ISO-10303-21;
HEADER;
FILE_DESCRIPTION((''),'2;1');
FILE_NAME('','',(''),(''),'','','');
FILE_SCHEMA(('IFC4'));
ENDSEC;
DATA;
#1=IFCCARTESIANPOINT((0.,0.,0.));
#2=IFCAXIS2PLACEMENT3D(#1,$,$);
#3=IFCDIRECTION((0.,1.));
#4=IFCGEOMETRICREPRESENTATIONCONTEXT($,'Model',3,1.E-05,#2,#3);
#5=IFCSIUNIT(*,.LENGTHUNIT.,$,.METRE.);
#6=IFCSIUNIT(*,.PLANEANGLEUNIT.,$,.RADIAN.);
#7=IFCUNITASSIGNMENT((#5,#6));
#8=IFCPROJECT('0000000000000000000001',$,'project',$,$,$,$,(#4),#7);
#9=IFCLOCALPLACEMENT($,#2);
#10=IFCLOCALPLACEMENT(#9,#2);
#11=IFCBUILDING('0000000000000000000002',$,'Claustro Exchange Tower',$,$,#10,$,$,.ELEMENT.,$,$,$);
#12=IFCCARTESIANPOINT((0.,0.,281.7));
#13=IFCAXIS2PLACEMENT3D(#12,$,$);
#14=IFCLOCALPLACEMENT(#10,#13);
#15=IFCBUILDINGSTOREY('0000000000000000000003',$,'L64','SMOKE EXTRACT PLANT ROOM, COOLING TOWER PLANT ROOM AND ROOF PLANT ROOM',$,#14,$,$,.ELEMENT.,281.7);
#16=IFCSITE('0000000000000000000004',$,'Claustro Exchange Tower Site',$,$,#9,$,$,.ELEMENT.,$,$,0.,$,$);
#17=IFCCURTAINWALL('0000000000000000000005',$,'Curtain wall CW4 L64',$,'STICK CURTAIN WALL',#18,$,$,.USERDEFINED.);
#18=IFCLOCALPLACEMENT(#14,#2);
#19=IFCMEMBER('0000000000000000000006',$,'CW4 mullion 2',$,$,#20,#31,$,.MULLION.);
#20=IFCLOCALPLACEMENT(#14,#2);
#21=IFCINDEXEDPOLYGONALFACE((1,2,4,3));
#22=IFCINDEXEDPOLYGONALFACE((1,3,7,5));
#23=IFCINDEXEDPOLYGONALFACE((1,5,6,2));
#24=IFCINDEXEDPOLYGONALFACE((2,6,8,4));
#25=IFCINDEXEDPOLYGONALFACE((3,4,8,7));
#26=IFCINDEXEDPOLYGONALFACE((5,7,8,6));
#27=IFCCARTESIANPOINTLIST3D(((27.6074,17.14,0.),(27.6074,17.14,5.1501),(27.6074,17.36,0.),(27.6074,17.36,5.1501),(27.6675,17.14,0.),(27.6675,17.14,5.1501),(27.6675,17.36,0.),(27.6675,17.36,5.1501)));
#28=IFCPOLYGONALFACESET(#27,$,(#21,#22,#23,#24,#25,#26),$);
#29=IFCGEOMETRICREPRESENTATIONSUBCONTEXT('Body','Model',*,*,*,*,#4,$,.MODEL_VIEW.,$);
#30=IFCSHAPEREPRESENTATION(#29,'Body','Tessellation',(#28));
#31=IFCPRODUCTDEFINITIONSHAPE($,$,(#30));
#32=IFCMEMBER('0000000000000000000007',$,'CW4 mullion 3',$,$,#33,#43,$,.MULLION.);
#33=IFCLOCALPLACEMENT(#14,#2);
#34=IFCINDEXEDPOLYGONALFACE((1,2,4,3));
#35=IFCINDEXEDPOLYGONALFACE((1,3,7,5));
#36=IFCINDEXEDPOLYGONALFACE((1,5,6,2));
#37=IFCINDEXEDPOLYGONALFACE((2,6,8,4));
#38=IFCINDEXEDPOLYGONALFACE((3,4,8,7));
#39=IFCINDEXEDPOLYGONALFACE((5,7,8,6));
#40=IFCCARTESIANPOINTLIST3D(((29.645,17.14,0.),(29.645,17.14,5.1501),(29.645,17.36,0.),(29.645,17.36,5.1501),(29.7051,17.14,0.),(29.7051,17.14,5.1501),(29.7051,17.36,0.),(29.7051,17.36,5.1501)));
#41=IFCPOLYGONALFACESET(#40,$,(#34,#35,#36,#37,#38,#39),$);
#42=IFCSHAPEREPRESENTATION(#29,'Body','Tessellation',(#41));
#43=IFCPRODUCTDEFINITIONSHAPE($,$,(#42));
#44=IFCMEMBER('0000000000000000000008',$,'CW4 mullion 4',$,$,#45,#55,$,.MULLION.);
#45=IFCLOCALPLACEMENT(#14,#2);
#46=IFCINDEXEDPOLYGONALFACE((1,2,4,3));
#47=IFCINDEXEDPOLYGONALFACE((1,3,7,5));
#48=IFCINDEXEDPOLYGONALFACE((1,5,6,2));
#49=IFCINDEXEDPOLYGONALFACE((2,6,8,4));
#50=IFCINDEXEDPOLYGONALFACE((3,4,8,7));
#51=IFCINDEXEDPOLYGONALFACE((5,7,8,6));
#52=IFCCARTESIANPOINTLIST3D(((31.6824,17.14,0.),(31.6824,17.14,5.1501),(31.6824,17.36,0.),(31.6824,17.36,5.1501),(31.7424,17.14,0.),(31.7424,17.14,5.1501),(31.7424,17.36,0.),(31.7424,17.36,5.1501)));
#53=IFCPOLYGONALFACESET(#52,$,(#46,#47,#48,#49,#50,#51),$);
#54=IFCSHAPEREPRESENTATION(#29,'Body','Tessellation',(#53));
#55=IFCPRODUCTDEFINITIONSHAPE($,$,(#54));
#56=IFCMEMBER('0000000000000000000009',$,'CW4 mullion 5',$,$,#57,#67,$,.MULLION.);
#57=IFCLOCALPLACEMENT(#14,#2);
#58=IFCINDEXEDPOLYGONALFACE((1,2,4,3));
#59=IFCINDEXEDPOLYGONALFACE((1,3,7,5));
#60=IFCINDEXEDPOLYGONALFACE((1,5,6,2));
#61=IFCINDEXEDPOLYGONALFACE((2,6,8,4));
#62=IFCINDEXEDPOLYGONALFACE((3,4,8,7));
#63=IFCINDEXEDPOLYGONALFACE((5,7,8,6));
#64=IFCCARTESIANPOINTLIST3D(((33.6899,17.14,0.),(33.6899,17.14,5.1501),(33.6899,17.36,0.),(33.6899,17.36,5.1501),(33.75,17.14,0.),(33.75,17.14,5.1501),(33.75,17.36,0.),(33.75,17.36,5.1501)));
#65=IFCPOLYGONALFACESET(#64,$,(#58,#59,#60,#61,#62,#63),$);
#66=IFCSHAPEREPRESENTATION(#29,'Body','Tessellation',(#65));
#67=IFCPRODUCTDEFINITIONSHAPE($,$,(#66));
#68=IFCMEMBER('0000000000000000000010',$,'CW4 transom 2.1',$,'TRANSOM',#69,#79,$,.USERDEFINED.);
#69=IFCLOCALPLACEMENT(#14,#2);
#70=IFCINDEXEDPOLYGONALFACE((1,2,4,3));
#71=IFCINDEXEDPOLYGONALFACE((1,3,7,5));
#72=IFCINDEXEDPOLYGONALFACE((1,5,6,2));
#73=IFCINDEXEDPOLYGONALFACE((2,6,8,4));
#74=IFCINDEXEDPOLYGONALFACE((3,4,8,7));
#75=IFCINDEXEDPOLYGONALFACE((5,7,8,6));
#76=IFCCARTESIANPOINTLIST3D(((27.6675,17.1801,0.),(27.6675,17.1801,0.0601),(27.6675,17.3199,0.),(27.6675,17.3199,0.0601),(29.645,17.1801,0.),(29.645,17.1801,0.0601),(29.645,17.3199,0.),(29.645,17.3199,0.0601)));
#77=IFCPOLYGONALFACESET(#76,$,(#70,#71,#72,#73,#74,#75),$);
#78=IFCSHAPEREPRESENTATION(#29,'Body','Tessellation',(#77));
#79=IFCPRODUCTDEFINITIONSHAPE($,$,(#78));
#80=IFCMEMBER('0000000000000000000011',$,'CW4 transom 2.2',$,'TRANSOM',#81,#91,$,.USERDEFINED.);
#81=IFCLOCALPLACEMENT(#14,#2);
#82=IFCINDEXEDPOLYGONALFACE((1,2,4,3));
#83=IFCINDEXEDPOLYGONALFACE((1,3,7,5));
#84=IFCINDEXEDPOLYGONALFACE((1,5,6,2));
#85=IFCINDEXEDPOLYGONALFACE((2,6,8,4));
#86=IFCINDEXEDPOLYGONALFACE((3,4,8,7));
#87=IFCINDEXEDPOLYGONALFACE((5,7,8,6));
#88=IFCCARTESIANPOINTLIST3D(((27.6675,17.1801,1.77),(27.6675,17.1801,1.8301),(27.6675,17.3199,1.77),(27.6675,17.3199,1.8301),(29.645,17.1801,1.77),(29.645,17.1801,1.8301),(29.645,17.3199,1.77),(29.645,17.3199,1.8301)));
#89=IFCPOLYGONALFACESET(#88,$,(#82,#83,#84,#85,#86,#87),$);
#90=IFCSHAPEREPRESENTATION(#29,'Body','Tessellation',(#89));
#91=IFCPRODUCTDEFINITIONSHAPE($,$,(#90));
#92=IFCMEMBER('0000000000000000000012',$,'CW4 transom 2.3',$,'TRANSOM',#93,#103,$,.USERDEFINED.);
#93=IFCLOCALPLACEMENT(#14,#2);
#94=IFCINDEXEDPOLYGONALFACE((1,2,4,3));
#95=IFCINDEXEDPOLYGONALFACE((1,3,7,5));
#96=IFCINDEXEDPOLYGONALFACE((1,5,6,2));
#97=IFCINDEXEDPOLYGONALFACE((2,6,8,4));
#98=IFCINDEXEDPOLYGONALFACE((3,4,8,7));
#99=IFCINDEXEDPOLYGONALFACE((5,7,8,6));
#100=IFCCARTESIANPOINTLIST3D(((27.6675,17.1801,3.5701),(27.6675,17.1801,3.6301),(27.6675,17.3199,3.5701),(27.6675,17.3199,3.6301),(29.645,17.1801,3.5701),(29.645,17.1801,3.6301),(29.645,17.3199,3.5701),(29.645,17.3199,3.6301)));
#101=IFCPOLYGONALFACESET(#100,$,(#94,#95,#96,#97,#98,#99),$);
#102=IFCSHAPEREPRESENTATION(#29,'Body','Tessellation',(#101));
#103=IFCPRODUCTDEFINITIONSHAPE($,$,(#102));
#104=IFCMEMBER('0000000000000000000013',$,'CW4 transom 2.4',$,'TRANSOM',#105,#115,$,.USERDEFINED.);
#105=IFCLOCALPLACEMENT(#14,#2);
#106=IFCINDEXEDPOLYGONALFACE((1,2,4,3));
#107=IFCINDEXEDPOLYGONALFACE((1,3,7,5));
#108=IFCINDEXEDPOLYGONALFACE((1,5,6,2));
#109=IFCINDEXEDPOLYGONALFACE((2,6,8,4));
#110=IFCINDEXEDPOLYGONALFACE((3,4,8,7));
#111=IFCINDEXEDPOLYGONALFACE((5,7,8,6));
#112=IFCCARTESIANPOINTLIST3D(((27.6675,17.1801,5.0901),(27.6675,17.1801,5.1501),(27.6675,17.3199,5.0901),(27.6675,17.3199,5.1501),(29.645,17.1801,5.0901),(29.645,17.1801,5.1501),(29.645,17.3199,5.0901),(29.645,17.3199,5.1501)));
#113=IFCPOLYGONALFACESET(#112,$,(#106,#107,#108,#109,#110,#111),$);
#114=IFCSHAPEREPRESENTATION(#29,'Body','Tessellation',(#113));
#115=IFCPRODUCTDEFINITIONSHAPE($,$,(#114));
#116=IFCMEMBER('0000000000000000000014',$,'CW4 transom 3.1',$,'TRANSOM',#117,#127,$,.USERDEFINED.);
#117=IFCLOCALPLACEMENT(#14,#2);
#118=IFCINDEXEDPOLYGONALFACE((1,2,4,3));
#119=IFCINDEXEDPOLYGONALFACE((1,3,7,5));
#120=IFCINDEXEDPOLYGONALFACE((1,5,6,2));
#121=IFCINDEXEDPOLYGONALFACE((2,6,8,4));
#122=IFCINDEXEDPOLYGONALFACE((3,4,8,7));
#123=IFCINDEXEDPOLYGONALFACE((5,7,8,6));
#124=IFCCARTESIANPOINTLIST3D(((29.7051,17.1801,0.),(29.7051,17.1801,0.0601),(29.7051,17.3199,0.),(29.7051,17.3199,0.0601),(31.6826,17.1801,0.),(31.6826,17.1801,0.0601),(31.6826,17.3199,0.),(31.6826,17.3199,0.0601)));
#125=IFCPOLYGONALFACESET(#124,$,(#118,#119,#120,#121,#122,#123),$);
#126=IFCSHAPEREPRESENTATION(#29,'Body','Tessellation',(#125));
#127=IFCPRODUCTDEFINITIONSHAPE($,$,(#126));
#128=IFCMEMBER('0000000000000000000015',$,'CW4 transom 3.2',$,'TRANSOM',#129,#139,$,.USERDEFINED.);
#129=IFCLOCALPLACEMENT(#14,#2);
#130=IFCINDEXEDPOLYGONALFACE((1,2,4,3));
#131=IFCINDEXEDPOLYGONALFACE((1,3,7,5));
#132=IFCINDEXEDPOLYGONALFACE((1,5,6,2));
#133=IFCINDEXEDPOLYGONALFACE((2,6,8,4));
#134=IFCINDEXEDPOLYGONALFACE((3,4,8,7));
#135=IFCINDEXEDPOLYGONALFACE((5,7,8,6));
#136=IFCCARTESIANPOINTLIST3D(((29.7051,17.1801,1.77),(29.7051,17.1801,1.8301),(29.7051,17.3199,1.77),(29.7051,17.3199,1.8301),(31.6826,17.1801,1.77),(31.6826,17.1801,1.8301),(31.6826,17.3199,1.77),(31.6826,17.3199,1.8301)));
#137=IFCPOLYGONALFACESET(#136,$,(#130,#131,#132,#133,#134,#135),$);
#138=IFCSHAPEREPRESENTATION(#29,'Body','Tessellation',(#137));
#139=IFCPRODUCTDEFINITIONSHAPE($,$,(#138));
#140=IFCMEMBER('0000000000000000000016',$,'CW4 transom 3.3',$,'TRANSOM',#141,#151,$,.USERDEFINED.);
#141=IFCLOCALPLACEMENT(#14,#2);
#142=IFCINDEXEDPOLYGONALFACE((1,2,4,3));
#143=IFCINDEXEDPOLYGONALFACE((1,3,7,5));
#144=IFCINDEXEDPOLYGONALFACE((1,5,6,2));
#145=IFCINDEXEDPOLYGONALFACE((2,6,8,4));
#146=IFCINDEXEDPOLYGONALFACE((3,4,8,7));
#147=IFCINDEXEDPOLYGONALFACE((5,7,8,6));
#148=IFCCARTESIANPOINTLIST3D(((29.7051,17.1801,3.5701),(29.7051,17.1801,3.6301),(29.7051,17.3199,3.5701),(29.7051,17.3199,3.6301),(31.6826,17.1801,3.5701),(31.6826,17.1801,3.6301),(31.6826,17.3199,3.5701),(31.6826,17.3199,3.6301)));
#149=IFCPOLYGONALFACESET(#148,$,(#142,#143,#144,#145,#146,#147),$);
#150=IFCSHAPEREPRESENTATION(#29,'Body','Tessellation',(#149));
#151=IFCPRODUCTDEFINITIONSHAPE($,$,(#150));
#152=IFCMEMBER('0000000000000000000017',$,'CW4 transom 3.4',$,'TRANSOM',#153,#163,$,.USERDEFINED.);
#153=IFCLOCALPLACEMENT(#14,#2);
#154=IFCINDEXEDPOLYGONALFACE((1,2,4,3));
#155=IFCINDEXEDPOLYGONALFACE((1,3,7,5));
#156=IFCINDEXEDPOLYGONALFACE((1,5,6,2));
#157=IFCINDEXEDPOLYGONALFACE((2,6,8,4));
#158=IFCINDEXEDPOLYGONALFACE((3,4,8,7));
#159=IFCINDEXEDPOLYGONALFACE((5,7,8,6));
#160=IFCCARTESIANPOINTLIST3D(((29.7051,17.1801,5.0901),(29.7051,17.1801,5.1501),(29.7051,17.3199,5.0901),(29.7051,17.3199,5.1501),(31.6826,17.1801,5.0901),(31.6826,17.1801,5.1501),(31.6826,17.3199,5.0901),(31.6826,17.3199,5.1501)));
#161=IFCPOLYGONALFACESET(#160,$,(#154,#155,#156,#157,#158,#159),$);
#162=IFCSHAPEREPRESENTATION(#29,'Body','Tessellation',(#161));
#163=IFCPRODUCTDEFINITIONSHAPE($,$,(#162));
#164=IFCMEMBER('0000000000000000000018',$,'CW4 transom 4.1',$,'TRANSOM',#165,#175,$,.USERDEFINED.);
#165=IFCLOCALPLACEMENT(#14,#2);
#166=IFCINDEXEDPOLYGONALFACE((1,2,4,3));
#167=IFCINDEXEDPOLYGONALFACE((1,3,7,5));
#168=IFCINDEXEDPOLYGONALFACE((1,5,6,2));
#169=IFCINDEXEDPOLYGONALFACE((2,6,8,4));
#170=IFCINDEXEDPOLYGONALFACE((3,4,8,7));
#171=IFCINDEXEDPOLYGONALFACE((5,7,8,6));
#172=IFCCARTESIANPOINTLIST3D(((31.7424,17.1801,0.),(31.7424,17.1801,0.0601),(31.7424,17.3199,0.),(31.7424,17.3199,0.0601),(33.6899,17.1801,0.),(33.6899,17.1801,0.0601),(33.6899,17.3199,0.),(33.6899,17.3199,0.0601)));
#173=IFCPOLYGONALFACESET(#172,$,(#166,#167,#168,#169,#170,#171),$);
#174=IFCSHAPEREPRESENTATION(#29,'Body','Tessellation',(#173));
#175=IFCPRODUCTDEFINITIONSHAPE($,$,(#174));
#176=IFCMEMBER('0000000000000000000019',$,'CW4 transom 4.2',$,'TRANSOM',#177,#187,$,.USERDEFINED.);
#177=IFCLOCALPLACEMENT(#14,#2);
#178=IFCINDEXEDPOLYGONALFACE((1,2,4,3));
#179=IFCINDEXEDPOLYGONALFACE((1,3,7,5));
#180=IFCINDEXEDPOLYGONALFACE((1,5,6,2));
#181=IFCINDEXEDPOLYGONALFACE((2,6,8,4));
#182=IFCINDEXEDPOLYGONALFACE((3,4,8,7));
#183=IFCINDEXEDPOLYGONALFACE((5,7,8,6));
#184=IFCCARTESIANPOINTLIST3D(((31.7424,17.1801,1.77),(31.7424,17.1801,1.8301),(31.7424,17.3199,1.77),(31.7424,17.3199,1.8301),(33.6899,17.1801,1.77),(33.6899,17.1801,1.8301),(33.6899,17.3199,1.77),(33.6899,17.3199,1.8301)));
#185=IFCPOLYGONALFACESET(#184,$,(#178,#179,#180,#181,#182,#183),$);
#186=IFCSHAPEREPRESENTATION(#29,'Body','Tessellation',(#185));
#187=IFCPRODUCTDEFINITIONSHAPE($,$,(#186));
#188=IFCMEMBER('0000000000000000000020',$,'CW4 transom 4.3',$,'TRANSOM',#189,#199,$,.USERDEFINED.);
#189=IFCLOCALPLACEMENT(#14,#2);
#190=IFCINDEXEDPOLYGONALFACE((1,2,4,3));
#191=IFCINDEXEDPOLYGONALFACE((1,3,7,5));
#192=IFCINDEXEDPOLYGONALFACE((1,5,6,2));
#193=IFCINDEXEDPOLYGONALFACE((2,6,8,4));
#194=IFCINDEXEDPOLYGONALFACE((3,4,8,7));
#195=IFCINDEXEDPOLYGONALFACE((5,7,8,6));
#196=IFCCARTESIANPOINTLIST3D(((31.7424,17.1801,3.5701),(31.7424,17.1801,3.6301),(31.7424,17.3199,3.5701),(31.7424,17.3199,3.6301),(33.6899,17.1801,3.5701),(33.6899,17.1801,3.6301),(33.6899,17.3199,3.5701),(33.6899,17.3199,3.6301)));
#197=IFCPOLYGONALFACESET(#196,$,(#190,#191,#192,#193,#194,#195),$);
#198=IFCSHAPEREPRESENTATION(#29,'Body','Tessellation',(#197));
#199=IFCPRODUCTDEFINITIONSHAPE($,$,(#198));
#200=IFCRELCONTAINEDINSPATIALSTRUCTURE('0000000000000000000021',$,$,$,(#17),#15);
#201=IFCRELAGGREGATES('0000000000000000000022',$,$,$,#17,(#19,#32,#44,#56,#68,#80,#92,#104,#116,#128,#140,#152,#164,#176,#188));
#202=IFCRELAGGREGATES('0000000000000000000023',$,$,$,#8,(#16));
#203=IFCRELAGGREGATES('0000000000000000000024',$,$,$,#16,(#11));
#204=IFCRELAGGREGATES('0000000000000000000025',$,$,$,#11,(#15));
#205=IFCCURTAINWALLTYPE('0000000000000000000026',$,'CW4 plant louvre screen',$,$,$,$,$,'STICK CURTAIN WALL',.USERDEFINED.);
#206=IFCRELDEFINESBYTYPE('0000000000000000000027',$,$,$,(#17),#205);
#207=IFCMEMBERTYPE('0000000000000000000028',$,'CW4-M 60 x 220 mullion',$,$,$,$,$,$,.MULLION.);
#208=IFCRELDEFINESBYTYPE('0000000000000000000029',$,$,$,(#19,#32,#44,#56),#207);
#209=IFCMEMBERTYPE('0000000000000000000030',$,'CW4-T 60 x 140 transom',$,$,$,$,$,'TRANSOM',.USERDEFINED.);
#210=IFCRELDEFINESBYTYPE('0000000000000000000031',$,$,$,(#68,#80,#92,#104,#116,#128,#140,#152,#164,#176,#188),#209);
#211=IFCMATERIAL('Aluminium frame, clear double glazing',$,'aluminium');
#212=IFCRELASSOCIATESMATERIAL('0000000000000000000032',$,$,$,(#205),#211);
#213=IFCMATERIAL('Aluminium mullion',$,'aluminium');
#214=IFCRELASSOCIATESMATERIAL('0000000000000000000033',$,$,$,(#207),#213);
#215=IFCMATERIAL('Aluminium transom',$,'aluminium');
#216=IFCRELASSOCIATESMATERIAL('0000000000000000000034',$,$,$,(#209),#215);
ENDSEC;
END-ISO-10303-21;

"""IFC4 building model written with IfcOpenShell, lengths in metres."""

from ifc_helpers import new_model, si_unit, direction, frame, origin, origin_2d, place, context, subcontext, project, spatial, rectangle, extrude, material, material_profile, profile_set, type_object, element, aggregate, save


model = new_model("IFC4")

# Units and contexts
model_context = context("Model", 3, precision=1e-05, world=origin(), true_north=direction((0.0, 1.0)))
body_context = subcontext(model_context, "Body", "Model", "MODEL_VIEW")
ifc_project = project(units=[si_unit("LENGTHUNIT", "METRE"), si_unit("PLANEANGLEUNIT", "RADIAN")], contexts=[model_context])

# Site, building, storey
site_placement = place(None, origin())
site = spatial("IfcSite", under=ifc_project, at=site_placement, Name="Claustro Exchange Tower Site", CompositionType="ELEMENT", RefElevation=0.0)
building_placement = place(site_placement, origin())
building = spatial("IfcBuilding", under=site, at=building_placement, Name="Claustro Exchange Tower", CompositionType="ELEMENT")
storey_placement = place(building_placement, frame((0.0, 0.0, 281.7)))
storey = spatial("IfcBuildingStorey", under=building, at=storey_placement, Name="L64", Description="SMOKE EXTRACT PLANT ROOM, COOLING TOWER PLANT ROOM AND ROOF PLANT ROOM", CompositionType="ELEMENT", Elevation=281.7)

# Curtain wall, members
ifc_material_1 = material(Name="Aluminium frame, clear double glazing", Category="aluminium")
curtain_wall_type = type_object("IfcCurtainWallType", Name="CW4 plant louvre screen", ElementType="STICK CURTAIN WALL", PredefinedType="USERDEFINED", material=ifc_material_1)
curtain_wall_placement = place(storey_placement, origin())
curtain_wall = element("IfcCurtainWall", 1, at=curtain_wall_placement, inside=storey, type_object=curtain_wall_type, Name="Curtain wall CW4 L64", ObjectType="STICK CURTAIN WALL", PredefinedType="USERDEFINED")
ifc_material_2 = material(Name="Aluminium mullion", Category="aluminium")
ifc_material_profile_1 = material_profile(ifc_material_2, rectangle(XDim=0.22, YDim=0.0601, at=origin_2d()), Name="CW4-M 60x220")
ifc_profile_set_1 = profile_set([ifc_material_profile_1], Name="Aluminium mullion")
member_type_1 = type_object("IfcMemberType", Name="CW4-M 60 x 220 mullion", PredefinedType="MULLION", material=ifc_profile_set_1)
member_1_placement = place(storey_placement, frame((27.6375, 17.25, 0.0), z_axis=(0.0, 0.0, 1.0), x_axis=(0.0, 1.0, 0.0)))
member_1 = element("IfcMember", 2, at=member_1_placement, type_object=member_type_1, Name="CW4 mullion 2", PredefinedType="MULLION", context=body_context, shape_type="SweptSolid", body=[
    extrude(rectangle(XDim=0.22, YDim=0.0601, at=origin_2d()), origin(), (0.0, 0.0, 1.0), 5.1501),
])
member_2_placement = place(storey_placement, frame((29.675, 17.25, 0.0), z_axis=(0.0, 0.0, 1.0), x_axis=(0.0, 1.0, 0.0)))
member_2 = element("IfcMember", 3, at=member_2_placement, type_object=member_type_1, Name="CW4 mullion 3", PredefinedType="MULLION", context=body_context, shape_type="SweptSolid", body=[
    extrude(rectangle(XDim=0.22, YDim=0.0601, at=origin_2d()), origin(), (0.0, 0.0, 1.0), 5.1501),
])
member_3_placement = place(storey_placement, frame((31.7124, 17.25, 0.0), z_axis=(0.0, 0.0, 1.0), x_axis=(0.0, 1.0, 0.0)))
member_3 = element("IfcMember", 4, at=member_3_placement, type_object=member_type_1, Name="CW4 mullion 4", PredefinedType="MULLION", context=body_context, shape_type="SweptSolid", body=[
    extrude(rectangle(XDim=0.22, YDim=0.0601, at=origin_2d()), origin(), (0.0, 0.0, 1.0), 5.1501),
])
member_4_placement = place(storey_placement, frame((33.72, 17.25, 0.0), z_axis=(0.0, 0.0, 1.0), x_axis=(0.0, 1.0, 0.0)))
member_4 = element("IfcMember", 5, at=member_4_placement, type_object=member_type_1, Name="CW4 mullion 5", PredefinedType="MULLION", context=body_context, shape_type="SweptSolid", body=[
    extrude(rectangle(XDim=0.22, YDim=0.0601, at=origin_2d()), origin(), (0.0, 0.0, 1.0), 5.1501),
])
ifc_material_3 = material(Name="Aluminium transom", Category="aluminium")
ifc_material_profile_2 = material_profile(ifc_material_3, rectangle(XDim=0.1399, YDim=0.0601, at=origin_2d()), Name="CW4-T 60x140")
ifc_profile_set_2 = profile_set([ifc_material_profile_2], Name="Aluminium transom")
member_type_2 = type_object("IfcMemberType", Name="CW4-T 60 x 140 transom", ElementType="TRANSOM", PredefinedType="USERDEFINED", material=ifc_profile_set_2)
member_5_placement = place(storey_placement, frame((27.6675, 17.25, 0.03), z_axis=(1.0, 0.0, 0.0), x_axis=(0.0, 1.0, 0.0)))
member_5 = element("IfcMember", 6, at=member_5_placement, type_object=member_type_2, Name="CW4 transom 2.1", ObjectType="TRANSOM", PredefinedType="USERDEFINED", context=body_context, shape_type="SweptSolid", body=[
    extrude(rectangle(XDim=0.1399, YDim=0.0601, at=origin_2d()), origin(), (0.0, 0.0, 1.0), 1.9775),
])
member_6_placement = place(storey_placement, frame((27.6675, 17.25, 1.8), z_axis=(1.0, 0.0, 0.0), x_axis=(0.0, 1.0, 0.0)))
member_6 = element("IfcMember", 7, at=member_6_placement, type_object=member_type_2, Name="CW4 transom 2.2", ObjectType="TRANSOM", PredefinedType="USERDEFINED", context=body_context, shape_type="SweptSolid", body=[
    extrude(rectangle(XDim=0.1399, YDim=0.0601, at=origin_2d()), origin(), (0.0, 0.0, 1.0), 1.9775),
])
member_7_placement = place(storey_placement, frame((27.6675, 17.25, 3.6001), z_axis=(1.0, 0.0, 0.0), x_axis=(0.0, 1.0, 0.0)))
member_7 = element("IfcMember", 8, at=member_7_placement, type_object=member_type_2, Name="CW4 transom 2.3", ObjectType="TRANSOM", PredefinedType="USERDEFINED", context=body_context, shape_type="SweptSolid", body=[
    extrude(rectangle(XDim=0.1399, YDim=0.0601, at=origin_2d()), origin(), (0.0, 0.0, 1.0), 1.9775),
])
member_8_placement = place(storey_placement, frame((27.6675, 17.25, 5.1201), z_axis=(1.0, 0.0, 0.0), x_axis=(0.0, 1.0, 0.0)))
member_8 = element("IfcMember", 9, at=member_8_placement, type_object=member_type_2, Name="CW4 transom 2.4", ObjectType="TRANSOM", PredefinedType="USERDEFINED", context=body_context, shape_type="SweptSolid", body=[
    extrude(rectangle(XDim=0.1399, YDim=0.0601, at=origin_2d()), origin(), (0.0, 0.0, 1.0), 1.9775),
])
member_9_placement = place(storey_placement, frame((29.7051, 17.25, 0.03), z_axis=(1.0, 0.0, 0.0), x_axis=(0.0, 1.0, 0.0)))
member_9 = element("IfcMember", 10, at=member_9_placement, type_object=member_type_2, Name="CW4 transom 3.1", ObjectType="TRANSOM", PredefinedType="USERDEFINED", context=body_context, shape_type="SweptSolid", body=[
    extrude(rectangle(XDim=0.1399, YDim=0.0601, at=origin_2d()), origin(), (0.0, 0.0, 1.0), 1.9775),
])
member_10_placement = place(storey_placement, frame((29.7051, 17.25, 1.8), z_axis=(1.0, 0.0, 0.0), x_axis=(0.0, 1.0, 0.0)))
member_10 = element("IfcMember", 11, at=member_10_placement, type_object=member_type_2, Name="CW4 transom 3.2", ObjectType="TRANSOM", PredefinedType="USERDEFINED", context=body_context, shape_type="SweptSolid", body=[
    extrude(rectangle(XDim=0.1399, YDim=0.0601, at=origin_2d()), origin(), (0.0, 0.0, 1.0), 1.9775),
])
member_11_placement = place(storey_placement, frame((29.7051, 17.25, 3.6001), z_axis=(1.0, 0.0, 0.0), x_axis=(0.0, 1.0, 0.0)))
member_11 = element("IfcMember", 12, at=member_11_placement, type_object=member_type_2, Name="CW4 transom 3.3", ObjectType="TRANSOM", PredefinedType="USERDEFINED", context=body_context, shape_type="SweptSolid", body=[
    extrude(rectangle(XDim=0.1399, YDim=0.0601, at=origin_2d()), origin(), (0.0, 0.0, 1.0), 1.9775),
])
member_12_placement = place(storey_placement, frame((29.7051, 17.25, 5.1201), z_axis=(1.0, 0.0, 0.0), x_axis=(0.0, 1.0, 0.0)))
member_12 = element("IfcMember", 13, at=member_12_placement, type_object=member_type_2, Name="CW4 transom 3.4", ObjectType="TRANSOM", PredefinedType="USERDEFINED", context=body_context, shape_type="SweptSolid", body=[
    extrude(rectangle(XDim=0.1399, YDim=0.0601, at=origin_2d()), origin(), (0.0, 0.0, 1.0), 1.9775),
])
member_13_placement = place(storey_placement, frame((31.7424, 17.25, 0.03), z_axis=(1.0, 0.0, 0.0), x_axis=(0.0, 1.0, 0.0)))
member_13 = element("IfcMember", 14, at=member_13_placement, type_object=member_type_2, Name="CW4 transom 4.1", ObjectType="TRANSOM", PredefinedType="USERDEFINED", context=body_context, shape_type="SweptSolid", body=[
    extrude(rectangle(XDim=0.1399, YDim=0.0601, at=origin_2d()), origin(), (0.0, 0.0, 1.0), 1.9475),
])
member_14_placement = place(storey_placement, frame((31.7424, 17.25, 1.8), z_axis=(1.0, 0.0, 0.0), x_axis=(0.0, 1.0, 0.0)))
member_14 = element("IfcMember", 15, at=member_14_placement, type_object=member_type_2, Name="CW4 transom 4.2", ObjectType="TRANSOM", PredefinedType="USERDEFINED", context=body_context, shape_type="SweptSolid", body=[
    extrude(rectangle(XDim=0.1399, YDim=0.0601, at=origin_2d()), origin(), (0.0, 0.0, 1.0), 1.9475),
])
member_15_placement = place(storey_placement, frame((31.7424, 17.25, 3.6001), z_axis=(1.0, 0.0, 0.0), x_axis=(0.0, 1.0, 0.0)))
member_15 = element("IfcMember", 16, at=member_15_placement, type_object=member_type_2, Name="CW4 transom 4.3", ObjectType="TRANSOM", PredefinedType="USERDEFINED", context=body_context, shape_type="SweptSolid", body=[
    extrude(rectangle(XDim=0.1399, YDim=0.0601, at=origin_2d()), origin(), (0.0, 0.0, 1.0), 1.9475),
])
aggregate(curtain_wall, [member_1, member_2, member_3, member_4, member_5, member_6, member_7, member_8, member_9, member_10, member_11, member_12, member_13, member_14, member_15])

save(model, "model.ifc")
